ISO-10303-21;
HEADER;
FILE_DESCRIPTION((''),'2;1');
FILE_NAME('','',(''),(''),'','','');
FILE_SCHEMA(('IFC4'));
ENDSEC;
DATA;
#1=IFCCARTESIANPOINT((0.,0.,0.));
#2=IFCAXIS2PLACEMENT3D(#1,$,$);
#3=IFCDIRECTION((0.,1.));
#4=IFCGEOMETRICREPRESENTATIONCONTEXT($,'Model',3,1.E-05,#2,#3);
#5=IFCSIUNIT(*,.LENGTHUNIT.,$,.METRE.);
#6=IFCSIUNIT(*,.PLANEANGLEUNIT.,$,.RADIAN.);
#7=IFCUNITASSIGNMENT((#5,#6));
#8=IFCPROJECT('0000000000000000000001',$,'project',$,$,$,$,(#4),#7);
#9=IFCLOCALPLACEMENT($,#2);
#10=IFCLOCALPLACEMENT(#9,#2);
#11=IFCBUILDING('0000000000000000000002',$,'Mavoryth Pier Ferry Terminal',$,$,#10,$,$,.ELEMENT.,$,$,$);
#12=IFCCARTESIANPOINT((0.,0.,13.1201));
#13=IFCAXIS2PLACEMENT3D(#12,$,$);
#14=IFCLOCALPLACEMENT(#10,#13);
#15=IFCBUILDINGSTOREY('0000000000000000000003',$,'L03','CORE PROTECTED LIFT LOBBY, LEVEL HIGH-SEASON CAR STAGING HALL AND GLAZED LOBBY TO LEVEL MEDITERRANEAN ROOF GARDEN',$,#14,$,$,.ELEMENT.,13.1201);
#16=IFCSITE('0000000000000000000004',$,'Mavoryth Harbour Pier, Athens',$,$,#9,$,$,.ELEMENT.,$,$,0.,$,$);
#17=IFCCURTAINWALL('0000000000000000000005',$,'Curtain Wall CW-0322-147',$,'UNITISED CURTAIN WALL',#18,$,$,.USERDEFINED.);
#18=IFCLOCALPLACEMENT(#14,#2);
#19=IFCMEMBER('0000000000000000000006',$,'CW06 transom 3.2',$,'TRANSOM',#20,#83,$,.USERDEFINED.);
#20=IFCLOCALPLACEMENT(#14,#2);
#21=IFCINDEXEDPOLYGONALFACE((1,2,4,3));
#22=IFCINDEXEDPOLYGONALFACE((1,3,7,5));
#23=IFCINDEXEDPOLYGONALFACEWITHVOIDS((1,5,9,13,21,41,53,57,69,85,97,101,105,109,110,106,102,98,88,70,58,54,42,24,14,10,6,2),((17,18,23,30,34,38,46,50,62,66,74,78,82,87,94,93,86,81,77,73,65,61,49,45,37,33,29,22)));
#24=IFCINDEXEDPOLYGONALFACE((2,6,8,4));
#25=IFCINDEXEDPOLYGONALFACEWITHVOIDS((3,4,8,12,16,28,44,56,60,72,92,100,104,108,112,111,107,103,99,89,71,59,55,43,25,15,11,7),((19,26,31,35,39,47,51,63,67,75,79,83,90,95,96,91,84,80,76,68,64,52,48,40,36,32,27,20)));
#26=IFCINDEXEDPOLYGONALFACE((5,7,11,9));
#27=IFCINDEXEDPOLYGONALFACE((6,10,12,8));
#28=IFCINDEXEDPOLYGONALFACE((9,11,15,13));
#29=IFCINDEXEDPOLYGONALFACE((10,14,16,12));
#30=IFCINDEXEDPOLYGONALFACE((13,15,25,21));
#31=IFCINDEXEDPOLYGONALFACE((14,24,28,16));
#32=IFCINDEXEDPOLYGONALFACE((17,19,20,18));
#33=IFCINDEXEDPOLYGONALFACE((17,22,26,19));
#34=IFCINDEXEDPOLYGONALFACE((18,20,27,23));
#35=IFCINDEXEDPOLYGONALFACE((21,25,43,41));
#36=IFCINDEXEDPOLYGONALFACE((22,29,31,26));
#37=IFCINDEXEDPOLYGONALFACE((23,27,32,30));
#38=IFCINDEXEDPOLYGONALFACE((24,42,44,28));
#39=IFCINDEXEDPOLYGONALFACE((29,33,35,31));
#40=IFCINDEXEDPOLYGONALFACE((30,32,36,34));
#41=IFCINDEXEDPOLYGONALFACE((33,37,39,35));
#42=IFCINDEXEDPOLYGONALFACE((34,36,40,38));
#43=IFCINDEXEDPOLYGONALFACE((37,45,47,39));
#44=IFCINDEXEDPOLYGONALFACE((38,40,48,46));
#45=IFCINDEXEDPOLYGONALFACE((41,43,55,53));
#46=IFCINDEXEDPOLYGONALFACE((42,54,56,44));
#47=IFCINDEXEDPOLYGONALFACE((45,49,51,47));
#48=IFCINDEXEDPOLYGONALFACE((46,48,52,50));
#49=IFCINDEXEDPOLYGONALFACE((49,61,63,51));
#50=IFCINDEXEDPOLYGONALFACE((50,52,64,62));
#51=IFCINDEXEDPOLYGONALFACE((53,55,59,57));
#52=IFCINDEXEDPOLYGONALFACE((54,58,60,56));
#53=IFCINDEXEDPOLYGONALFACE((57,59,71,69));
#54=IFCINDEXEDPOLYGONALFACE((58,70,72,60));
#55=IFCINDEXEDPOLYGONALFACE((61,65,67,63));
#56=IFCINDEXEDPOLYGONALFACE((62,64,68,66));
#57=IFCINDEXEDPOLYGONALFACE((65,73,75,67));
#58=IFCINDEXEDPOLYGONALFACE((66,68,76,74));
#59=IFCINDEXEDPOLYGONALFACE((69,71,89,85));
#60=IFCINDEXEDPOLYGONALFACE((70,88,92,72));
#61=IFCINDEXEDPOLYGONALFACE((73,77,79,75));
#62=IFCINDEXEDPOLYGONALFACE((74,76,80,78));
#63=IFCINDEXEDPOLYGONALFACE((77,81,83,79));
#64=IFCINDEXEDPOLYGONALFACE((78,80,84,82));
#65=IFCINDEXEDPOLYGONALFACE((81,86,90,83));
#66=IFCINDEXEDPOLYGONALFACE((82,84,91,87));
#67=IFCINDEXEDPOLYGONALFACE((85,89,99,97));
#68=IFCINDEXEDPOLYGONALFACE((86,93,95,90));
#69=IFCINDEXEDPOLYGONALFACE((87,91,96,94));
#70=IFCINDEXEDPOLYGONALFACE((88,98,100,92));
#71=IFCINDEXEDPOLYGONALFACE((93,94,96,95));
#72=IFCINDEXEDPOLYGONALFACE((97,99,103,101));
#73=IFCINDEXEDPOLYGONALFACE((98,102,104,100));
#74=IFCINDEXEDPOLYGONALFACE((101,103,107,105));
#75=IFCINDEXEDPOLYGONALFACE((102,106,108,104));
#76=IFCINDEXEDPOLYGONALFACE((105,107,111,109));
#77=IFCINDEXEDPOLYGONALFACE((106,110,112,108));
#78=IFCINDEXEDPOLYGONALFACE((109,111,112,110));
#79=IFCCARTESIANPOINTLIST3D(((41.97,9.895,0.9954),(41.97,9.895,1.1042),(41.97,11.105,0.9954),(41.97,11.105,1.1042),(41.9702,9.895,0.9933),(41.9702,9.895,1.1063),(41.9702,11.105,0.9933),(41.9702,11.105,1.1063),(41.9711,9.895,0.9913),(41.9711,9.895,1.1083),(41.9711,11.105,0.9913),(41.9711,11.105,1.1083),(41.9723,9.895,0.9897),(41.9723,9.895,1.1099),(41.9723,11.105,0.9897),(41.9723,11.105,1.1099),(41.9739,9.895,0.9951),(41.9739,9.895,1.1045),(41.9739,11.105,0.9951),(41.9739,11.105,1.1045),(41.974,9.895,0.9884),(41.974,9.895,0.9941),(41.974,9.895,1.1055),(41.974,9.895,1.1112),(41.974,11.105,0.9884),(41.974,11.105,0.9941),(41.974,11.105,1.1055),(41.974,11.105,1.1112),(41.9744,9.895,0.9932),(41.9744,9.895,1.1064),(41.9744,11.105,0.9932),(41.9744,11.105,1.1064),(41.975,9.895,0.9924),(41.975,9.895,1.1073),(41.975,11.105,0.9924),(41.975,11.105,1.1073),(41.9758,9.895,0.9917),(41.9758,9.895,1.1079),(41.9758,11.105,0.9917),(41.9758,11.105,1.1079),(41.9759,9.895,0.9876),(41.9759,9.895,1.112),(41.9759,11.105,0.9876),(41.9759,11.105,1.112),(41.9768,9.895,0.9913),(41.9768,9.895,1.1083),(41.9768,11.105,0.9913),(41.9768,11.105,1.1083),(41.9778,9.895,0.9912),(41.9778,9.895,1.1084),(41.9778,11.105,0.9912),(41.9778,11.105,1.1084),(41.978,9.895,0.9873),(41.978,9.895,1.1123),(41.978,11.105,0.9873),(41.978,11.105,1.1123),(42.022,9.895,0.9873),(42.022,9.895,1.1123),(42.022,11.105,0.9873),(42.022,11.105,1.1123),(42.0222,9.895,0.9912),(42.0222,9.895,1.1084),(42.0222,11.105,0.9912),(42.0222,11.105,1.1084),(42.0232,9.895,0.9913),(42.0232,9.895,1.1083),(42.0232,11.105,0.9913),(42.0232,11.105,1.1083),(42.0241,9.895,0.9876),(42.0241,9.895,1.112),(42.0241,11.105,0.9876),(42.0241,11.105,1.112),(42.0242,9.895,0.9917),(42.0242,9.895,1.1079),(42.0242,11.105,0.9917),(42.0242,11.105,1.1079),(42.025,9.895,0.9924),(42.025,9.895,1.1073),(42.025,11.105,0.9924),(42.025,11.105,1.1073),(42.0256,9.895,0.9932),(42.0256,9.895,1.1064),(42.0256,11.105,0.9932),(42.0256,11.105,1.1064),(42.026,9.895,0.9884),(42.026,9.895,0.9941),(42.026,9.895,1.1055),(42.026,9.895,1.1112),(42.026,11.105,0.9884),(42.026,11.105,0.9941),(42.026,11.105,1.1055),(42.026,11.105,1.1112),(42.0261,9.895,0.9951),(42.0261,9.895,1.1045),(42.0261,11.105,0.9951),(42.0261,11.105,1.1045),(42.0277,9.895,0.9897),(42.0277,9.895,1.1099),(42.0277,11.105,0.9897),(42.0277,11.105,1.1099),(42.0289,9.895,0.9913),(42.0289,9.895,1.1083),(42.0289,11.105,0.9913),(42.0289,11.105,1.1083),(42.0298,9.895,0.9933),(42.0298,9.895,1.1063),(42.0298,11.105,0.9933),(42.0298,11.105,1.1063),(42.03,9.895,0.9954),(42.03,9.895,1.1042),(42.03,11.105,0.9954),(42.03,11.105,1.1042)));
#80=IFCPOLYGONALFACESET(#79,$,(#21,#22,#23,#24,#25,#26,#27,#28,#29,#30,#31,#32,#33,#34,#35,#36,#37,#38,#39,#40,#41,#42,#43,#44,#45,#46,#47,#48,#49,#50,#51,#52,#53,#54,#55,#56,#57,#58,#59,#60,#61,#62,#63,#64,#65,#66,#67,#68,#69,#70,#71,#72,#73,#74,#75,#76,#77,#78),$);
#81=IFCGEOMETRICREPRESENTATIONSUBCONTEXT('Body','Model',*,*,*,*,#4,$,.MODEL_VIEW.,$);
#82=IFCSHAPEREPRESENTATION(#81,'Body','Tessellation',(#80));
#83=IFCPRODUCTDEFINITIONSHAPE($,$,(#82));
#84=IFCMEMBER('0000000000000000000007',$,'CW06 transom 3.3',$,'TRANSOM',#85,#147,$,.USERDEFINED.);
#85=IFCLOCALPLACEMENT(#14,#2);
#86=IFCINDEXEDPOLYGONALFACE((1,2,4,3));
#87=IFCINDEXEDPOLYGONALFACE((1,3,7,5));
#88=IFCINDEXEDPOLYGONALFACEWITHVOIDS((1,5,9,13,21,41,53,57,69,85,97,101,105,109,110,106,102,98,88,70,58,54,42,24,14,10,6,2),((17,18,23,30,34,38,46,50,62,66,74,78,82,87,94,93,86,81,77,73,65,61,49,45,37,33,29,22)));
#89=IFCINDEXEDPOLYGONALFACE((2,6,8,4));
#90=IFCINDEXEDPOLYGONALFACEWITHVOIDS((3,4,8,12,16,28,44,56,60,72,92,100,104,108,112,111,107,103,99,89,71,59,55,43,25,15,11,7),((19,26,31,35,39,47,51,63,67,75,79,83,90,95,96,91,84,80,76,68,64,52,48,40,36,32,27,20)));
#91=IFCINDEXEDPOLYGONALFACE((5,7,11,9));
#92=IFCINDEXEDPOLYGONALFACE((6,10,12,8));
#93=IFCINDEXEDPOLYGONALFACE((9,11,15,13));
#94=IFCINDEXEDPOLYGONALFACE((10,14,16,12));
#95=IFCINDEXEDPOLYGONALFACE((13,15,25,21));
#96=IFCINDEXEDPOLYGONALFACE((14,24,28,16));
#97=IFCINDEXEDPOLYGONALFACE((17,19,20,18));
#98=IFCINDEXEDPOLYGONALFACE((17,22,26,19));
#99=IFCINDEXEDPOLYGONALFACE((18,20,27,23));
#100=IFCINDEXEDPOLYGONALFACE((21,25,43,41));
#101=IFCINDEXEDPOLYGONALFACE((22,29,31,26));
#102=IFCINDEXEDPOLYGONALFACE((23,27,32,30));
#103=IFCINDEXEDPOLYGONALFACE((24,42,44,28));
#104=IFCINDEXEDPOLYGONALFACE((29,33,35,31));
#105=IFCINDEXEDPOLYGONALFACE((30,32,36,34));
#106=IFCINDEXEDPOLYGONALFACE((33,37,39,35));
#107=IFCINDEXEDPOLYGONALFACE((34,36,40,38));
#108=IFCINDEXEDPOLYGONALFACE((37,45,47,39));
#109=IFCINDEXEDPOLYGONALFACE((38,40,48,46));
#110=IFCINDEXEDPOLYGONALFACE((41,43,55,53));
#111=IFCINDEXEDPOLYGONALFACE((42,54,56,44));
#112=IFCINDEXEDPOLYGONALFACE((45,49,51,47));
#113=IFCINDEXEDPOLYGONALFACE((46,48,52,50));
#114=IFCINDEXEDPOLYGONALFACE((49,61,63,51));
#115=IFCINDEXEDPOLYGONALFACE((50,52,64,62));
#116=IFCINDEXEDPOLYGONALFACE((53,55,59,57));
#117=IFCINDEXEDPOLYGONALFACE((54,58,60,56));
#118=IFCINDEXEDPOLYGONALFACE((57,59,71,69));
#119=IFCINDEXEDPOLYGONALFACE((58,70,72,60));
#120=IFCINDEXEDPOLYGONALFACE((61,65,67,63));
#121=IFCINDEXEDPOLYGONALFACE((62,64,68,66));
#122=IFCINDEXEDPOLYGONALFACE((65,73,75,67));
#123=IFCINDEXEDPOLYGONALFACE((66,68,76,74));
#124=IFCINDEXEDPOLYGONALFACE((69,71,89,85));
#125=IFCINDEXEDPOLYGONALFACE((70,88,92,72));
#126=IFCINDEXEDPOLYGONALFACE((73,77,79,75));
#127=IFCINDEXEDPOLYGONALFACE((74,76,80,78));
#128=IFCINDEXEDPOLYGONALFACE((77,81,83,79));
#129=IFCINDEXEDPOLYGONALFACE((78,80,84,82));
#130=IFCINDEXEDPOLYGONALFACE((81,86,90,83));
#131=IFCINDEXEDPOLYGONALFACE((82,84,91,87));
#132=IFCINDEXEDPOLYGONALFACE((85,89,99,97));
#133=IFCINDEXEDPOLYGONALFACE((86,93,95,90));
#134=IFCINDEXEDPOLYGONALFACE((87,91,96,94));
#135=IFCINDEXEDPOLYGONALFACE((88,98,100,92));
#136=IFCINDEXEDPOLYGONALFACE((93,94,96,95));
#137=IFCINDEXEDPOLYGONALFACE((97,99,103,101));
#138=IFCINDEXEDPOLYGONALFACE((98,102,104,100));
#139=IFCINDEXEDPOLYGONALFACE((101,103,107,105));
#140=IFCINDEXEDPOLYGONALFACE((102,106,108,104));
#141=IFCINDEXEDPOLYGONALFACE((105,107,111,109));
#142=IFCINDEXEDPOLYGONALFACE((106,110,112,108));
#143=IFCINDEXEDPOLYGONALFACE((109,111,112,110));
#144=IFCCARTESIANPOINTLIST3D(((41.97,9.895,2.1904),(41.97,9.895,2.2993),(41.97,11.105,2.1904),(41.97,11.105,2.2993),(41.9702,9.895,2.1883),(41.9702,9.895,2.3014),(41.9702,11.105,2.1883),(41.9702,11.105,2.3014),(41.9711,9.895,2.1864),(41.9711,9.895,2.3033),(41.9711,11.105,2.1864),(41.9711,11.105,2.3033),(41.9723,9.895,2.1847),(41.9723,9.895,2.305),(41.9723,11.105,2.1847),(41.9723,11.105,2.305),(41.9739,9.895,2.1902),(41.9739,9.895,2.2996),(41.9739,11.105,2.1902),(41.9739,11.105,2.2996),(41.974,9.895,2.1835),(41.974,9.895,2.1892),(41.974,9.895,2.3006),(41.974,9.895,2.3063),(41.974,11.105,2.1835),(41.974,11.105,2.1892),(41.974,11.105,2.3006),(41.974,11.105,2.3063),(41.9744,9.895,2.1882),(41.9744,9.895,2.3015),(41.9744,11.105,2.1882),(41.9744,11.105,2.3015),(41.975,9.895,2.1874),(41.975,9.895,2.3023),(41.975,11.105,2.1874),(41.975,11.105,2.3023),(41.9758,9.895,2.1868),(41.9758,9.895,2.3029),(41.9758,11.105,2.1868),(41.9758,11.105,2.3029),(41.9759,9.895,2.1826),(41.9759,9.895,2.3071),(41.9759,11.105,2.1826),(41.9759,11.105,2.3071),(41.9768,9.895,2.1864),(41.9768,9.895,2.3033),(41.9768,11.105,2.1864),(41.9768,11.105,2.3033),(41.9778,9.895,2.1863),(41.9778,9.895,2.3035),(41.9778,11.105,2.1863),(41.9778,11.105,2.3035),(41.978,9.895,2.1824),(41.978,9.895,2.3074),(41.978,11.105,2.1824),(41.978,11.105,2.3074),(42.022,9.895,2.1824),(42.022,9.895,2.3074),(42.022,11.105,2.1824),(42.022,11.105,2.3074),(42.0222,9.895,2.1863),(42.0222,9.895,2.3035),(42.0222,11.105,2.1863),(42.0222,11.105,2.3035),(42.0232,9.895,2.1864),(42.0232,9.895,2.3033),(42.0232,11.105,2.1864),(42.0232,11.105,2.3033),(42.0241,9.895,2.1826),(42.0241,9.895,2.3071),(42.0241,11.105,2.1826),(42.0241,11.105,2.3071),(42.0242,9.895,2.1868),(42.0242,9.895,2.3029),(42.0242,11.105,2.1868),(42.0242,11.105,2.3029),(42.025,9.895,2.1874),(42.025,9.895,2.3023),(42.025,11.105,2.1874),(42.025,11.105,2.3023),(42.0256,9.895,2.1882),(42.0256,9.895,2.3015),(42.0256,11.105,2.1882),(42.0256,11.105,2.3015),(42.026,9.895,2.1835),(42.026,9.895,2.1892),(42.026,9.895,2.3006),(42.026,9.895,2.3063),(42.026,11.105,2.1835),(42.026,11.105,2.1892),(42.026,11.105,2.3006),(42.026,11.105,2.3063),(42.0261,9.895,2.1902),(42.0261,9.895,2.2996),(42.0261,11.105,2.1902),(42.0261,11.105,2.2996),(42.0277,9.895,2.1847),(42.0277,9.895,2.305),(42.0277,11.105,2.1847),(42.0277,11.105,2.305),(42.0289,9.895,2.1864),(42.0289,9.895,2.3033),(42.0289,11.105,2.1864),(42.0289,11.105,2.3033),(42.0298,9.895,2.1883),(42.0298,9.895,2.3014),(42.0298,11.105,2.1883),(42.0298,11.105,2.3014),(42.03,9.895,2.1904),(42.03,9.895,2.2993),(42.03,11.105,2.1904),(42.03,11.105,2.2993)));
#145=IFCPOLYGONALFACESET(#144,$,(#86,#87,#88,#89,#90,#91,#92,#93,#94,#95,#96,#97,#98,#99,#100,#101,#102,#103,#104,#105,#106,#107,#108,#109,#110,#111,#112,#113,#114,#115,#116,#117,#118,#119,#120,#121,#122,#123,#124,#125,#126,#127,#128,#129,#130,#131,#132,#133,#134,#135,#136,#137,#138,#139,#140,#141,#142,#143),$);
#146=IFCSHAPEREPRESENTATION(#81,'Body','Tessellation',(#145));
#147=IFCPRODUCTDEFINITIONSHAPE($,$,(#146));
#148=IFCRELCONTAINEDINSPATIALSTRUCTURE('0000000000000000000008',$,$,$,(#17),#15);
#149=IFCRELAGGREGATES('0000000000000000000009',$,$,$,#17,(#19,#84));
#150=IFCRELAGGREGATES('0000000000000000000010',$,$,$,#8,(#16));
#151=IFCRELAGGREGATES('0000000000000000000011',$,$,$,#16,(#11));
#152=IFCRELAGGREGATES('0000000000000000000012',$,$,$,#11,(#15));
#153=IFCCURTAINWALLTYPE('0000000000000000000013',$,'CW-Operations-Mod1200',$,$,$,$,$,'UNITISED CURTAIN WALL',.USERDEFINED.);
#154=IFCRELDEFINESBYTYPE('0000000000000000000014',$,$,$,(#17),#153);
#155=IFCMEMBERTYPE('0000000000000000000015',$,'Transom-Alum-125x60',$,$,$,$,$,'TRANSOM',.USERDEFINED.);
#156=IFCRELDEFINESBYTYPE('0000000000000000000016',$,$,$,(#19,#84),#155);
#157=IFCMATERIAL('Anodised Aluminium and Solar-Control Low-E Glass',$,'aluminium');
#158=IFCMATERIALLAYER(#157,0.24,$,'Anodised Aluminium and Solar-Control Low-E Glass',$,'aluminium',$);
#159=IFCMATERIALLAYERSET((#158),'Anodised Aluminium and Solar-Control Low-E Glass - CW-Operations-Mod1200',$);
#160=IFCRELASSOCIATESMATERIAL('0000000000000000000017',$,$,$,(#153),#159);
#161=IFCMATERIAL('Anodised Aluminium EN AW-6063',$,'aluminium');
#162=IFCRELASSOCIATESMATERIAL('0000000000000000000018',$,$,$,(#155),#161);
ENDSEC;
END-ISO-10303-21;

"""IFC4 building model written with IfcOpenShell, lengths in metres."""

from ifc_helpers import new_model, si_unit, direction, frame, origin, origin_2d, place, context, subcontext, project, spatial, hollow_rectangle, extrude, material, layer, layer_set, material_profile, profile_set, type_object, element, aggregate, save


model = new_model("IFC4")

# Units and contexts
model_context = context("Model", 3, precision=1e-05, world=origin(), true_north=direction((0.0, 1.0)))
body_context = subcontext(model_context, "Body", "Model", "MODEL_VIEW")
ifc_project = project(units=[si_unit("LENGTHUNIT", "METRE"), si_unit("PLANEANGLEUNIT", "RADIAN")], contexts=[model_context])

# Site, building, storey
site_placement = place(None, origin())
site = spatial("IfcSite", under=ifc_project, at=site_placement, Name="Mavoryth Harbour Pier, Athens", CompositionType="ELEMENT", RefElevation=0.0)
building_placement = place(site_placement, origin())
building = spatial("IfcBuilding", under=site, at=building_placement, Name="Mavoryth Pier Ferry Terminal", CompositionType="ELEMENT")
storey_placement = place(building_placement, frame((0.0, 0.0, 13.1201)))
storey = spatial("IfcBuildingStorey", under=building, at=storey_placement, Name="L03", Description="CORE PROTECTED LIFT LOBBY, LEVEL HIGH-SEASON CAR STAGING HALL AND GLAZED LOBBY TO LEVEL MEDITERRANEAN ROOF GARDEN", CompositionType="ELEMENT", Elevation=13.1201)

# Curtain wall
ifc_material_1 = material(Name="Anodised Aluminium and Solar-Control Low-E Glass", Category="aluminium")
ifc_layer_1 = layer(ifc_material_1, 0.24, Name="Anodised Aluminium and Solar-Control Low-E Glass", Category="aluminium")
ifc_layer_set_1 = layer_set([ifc_layer_1], Name="Anodised Aluminium and Solar-Control Low-E Glass - CW-Operations-Mod1200")
curtain_wall_type = type_object("IfcCurtainWallType", Name="CW-Operations-Mod1200", ElementType="UNITISED CURTAIN WALL", PredefinedType="USERDEFINED", material=ifc_layer_set_1)
curtain_wall_1_placement = place(storey_placement, origin())
curtain_wall_1 = element("IfcCurtainWall", 1, at=curtain_wall_1_placement, inside=storey, type_object=curtain_wall_type, Name="Curtain Wall CW-0322-147", ObjectType="UNITISED CURTAIN WALL", PredefinedType="USERDEFINED")
ifc_material_2 = material(Name="Anodised Aluminium EN AW-6063", Category="aluminium")

# Members
ifc_material_profile_1 = material_profile(ifc_material_2, hollow_rectangle(XDim=0.0601, YDim=0.125, WallThickness=0.0039, InnerFilletRadius=0.0039, OuterFilletRadius=0.0081, at=origin_2d()), Name="AL-TRAN 125x60x4", Category="aluminium")
ifc_profile_set_1 = profile_set([ifc_material_profile_1], Name="Anodised Aluminium EN AW-6063 - AL-TRAN 125x60x4")
member_type_1 = type_object("IfcMemberType", Name="Transom-Alum-125x60", ElementType="TRANSOM", PredefinedType="USERDEFINED", material=ifc_profile_set_1)
member_1_placement = place(storey_placement, frame((42.0, 11.105, 1.0498), z_axis=(0.0, -1.0, 0.0), x_axis=(1.0, 0.0, 0.0)))
member_1 = element("IfcMember", 2, at=member_1_placement, type_object=member_type_1, Name="CW06 transom 3.2", ObjectType="TRANSOM", PredefinedType="USERDEFINED", context=body_context, shape_type="SweptSolid", body=[
    extrude(hollow_rectangle(XDim=0.0601, YDim=0.125, WallThickness=0.0039, InnerFilletRadius=0.0039, OuterFilletRadius=0.0081, at=origin_2d()), origin(), (0.0, 0.0, 1.0), 1.21),
])
member_2_placement = place(storey_placement, frame((42.0, 11.105, 2.2449), z_axis=(0.0, -1.0, 0.0), x_axis=(1.0, 0.0, 0.0)))
member_2 = element("IfcMember", 3, at=member_2_placement, type_object=member_type_1, Name="CW06 transom 3.3", ObjectType="TRANSOM", PredefinedType="USERDEFINED", context=body_context, shape_type="SweptSolid", body=[
    extrude(hollow_rectangle(XDim=0.0601, YDim=0.125, WallThickness=0.0039, InnerFilletRadius=0.0039, OuterFilletRadius=0.0081, at=origin_2d()), origin(), (0.0, 0.0, 1.0), 1.21),
])

aggregate(curtain_wall_1, [member_1, member_2])

save(model, "model.ifc")
